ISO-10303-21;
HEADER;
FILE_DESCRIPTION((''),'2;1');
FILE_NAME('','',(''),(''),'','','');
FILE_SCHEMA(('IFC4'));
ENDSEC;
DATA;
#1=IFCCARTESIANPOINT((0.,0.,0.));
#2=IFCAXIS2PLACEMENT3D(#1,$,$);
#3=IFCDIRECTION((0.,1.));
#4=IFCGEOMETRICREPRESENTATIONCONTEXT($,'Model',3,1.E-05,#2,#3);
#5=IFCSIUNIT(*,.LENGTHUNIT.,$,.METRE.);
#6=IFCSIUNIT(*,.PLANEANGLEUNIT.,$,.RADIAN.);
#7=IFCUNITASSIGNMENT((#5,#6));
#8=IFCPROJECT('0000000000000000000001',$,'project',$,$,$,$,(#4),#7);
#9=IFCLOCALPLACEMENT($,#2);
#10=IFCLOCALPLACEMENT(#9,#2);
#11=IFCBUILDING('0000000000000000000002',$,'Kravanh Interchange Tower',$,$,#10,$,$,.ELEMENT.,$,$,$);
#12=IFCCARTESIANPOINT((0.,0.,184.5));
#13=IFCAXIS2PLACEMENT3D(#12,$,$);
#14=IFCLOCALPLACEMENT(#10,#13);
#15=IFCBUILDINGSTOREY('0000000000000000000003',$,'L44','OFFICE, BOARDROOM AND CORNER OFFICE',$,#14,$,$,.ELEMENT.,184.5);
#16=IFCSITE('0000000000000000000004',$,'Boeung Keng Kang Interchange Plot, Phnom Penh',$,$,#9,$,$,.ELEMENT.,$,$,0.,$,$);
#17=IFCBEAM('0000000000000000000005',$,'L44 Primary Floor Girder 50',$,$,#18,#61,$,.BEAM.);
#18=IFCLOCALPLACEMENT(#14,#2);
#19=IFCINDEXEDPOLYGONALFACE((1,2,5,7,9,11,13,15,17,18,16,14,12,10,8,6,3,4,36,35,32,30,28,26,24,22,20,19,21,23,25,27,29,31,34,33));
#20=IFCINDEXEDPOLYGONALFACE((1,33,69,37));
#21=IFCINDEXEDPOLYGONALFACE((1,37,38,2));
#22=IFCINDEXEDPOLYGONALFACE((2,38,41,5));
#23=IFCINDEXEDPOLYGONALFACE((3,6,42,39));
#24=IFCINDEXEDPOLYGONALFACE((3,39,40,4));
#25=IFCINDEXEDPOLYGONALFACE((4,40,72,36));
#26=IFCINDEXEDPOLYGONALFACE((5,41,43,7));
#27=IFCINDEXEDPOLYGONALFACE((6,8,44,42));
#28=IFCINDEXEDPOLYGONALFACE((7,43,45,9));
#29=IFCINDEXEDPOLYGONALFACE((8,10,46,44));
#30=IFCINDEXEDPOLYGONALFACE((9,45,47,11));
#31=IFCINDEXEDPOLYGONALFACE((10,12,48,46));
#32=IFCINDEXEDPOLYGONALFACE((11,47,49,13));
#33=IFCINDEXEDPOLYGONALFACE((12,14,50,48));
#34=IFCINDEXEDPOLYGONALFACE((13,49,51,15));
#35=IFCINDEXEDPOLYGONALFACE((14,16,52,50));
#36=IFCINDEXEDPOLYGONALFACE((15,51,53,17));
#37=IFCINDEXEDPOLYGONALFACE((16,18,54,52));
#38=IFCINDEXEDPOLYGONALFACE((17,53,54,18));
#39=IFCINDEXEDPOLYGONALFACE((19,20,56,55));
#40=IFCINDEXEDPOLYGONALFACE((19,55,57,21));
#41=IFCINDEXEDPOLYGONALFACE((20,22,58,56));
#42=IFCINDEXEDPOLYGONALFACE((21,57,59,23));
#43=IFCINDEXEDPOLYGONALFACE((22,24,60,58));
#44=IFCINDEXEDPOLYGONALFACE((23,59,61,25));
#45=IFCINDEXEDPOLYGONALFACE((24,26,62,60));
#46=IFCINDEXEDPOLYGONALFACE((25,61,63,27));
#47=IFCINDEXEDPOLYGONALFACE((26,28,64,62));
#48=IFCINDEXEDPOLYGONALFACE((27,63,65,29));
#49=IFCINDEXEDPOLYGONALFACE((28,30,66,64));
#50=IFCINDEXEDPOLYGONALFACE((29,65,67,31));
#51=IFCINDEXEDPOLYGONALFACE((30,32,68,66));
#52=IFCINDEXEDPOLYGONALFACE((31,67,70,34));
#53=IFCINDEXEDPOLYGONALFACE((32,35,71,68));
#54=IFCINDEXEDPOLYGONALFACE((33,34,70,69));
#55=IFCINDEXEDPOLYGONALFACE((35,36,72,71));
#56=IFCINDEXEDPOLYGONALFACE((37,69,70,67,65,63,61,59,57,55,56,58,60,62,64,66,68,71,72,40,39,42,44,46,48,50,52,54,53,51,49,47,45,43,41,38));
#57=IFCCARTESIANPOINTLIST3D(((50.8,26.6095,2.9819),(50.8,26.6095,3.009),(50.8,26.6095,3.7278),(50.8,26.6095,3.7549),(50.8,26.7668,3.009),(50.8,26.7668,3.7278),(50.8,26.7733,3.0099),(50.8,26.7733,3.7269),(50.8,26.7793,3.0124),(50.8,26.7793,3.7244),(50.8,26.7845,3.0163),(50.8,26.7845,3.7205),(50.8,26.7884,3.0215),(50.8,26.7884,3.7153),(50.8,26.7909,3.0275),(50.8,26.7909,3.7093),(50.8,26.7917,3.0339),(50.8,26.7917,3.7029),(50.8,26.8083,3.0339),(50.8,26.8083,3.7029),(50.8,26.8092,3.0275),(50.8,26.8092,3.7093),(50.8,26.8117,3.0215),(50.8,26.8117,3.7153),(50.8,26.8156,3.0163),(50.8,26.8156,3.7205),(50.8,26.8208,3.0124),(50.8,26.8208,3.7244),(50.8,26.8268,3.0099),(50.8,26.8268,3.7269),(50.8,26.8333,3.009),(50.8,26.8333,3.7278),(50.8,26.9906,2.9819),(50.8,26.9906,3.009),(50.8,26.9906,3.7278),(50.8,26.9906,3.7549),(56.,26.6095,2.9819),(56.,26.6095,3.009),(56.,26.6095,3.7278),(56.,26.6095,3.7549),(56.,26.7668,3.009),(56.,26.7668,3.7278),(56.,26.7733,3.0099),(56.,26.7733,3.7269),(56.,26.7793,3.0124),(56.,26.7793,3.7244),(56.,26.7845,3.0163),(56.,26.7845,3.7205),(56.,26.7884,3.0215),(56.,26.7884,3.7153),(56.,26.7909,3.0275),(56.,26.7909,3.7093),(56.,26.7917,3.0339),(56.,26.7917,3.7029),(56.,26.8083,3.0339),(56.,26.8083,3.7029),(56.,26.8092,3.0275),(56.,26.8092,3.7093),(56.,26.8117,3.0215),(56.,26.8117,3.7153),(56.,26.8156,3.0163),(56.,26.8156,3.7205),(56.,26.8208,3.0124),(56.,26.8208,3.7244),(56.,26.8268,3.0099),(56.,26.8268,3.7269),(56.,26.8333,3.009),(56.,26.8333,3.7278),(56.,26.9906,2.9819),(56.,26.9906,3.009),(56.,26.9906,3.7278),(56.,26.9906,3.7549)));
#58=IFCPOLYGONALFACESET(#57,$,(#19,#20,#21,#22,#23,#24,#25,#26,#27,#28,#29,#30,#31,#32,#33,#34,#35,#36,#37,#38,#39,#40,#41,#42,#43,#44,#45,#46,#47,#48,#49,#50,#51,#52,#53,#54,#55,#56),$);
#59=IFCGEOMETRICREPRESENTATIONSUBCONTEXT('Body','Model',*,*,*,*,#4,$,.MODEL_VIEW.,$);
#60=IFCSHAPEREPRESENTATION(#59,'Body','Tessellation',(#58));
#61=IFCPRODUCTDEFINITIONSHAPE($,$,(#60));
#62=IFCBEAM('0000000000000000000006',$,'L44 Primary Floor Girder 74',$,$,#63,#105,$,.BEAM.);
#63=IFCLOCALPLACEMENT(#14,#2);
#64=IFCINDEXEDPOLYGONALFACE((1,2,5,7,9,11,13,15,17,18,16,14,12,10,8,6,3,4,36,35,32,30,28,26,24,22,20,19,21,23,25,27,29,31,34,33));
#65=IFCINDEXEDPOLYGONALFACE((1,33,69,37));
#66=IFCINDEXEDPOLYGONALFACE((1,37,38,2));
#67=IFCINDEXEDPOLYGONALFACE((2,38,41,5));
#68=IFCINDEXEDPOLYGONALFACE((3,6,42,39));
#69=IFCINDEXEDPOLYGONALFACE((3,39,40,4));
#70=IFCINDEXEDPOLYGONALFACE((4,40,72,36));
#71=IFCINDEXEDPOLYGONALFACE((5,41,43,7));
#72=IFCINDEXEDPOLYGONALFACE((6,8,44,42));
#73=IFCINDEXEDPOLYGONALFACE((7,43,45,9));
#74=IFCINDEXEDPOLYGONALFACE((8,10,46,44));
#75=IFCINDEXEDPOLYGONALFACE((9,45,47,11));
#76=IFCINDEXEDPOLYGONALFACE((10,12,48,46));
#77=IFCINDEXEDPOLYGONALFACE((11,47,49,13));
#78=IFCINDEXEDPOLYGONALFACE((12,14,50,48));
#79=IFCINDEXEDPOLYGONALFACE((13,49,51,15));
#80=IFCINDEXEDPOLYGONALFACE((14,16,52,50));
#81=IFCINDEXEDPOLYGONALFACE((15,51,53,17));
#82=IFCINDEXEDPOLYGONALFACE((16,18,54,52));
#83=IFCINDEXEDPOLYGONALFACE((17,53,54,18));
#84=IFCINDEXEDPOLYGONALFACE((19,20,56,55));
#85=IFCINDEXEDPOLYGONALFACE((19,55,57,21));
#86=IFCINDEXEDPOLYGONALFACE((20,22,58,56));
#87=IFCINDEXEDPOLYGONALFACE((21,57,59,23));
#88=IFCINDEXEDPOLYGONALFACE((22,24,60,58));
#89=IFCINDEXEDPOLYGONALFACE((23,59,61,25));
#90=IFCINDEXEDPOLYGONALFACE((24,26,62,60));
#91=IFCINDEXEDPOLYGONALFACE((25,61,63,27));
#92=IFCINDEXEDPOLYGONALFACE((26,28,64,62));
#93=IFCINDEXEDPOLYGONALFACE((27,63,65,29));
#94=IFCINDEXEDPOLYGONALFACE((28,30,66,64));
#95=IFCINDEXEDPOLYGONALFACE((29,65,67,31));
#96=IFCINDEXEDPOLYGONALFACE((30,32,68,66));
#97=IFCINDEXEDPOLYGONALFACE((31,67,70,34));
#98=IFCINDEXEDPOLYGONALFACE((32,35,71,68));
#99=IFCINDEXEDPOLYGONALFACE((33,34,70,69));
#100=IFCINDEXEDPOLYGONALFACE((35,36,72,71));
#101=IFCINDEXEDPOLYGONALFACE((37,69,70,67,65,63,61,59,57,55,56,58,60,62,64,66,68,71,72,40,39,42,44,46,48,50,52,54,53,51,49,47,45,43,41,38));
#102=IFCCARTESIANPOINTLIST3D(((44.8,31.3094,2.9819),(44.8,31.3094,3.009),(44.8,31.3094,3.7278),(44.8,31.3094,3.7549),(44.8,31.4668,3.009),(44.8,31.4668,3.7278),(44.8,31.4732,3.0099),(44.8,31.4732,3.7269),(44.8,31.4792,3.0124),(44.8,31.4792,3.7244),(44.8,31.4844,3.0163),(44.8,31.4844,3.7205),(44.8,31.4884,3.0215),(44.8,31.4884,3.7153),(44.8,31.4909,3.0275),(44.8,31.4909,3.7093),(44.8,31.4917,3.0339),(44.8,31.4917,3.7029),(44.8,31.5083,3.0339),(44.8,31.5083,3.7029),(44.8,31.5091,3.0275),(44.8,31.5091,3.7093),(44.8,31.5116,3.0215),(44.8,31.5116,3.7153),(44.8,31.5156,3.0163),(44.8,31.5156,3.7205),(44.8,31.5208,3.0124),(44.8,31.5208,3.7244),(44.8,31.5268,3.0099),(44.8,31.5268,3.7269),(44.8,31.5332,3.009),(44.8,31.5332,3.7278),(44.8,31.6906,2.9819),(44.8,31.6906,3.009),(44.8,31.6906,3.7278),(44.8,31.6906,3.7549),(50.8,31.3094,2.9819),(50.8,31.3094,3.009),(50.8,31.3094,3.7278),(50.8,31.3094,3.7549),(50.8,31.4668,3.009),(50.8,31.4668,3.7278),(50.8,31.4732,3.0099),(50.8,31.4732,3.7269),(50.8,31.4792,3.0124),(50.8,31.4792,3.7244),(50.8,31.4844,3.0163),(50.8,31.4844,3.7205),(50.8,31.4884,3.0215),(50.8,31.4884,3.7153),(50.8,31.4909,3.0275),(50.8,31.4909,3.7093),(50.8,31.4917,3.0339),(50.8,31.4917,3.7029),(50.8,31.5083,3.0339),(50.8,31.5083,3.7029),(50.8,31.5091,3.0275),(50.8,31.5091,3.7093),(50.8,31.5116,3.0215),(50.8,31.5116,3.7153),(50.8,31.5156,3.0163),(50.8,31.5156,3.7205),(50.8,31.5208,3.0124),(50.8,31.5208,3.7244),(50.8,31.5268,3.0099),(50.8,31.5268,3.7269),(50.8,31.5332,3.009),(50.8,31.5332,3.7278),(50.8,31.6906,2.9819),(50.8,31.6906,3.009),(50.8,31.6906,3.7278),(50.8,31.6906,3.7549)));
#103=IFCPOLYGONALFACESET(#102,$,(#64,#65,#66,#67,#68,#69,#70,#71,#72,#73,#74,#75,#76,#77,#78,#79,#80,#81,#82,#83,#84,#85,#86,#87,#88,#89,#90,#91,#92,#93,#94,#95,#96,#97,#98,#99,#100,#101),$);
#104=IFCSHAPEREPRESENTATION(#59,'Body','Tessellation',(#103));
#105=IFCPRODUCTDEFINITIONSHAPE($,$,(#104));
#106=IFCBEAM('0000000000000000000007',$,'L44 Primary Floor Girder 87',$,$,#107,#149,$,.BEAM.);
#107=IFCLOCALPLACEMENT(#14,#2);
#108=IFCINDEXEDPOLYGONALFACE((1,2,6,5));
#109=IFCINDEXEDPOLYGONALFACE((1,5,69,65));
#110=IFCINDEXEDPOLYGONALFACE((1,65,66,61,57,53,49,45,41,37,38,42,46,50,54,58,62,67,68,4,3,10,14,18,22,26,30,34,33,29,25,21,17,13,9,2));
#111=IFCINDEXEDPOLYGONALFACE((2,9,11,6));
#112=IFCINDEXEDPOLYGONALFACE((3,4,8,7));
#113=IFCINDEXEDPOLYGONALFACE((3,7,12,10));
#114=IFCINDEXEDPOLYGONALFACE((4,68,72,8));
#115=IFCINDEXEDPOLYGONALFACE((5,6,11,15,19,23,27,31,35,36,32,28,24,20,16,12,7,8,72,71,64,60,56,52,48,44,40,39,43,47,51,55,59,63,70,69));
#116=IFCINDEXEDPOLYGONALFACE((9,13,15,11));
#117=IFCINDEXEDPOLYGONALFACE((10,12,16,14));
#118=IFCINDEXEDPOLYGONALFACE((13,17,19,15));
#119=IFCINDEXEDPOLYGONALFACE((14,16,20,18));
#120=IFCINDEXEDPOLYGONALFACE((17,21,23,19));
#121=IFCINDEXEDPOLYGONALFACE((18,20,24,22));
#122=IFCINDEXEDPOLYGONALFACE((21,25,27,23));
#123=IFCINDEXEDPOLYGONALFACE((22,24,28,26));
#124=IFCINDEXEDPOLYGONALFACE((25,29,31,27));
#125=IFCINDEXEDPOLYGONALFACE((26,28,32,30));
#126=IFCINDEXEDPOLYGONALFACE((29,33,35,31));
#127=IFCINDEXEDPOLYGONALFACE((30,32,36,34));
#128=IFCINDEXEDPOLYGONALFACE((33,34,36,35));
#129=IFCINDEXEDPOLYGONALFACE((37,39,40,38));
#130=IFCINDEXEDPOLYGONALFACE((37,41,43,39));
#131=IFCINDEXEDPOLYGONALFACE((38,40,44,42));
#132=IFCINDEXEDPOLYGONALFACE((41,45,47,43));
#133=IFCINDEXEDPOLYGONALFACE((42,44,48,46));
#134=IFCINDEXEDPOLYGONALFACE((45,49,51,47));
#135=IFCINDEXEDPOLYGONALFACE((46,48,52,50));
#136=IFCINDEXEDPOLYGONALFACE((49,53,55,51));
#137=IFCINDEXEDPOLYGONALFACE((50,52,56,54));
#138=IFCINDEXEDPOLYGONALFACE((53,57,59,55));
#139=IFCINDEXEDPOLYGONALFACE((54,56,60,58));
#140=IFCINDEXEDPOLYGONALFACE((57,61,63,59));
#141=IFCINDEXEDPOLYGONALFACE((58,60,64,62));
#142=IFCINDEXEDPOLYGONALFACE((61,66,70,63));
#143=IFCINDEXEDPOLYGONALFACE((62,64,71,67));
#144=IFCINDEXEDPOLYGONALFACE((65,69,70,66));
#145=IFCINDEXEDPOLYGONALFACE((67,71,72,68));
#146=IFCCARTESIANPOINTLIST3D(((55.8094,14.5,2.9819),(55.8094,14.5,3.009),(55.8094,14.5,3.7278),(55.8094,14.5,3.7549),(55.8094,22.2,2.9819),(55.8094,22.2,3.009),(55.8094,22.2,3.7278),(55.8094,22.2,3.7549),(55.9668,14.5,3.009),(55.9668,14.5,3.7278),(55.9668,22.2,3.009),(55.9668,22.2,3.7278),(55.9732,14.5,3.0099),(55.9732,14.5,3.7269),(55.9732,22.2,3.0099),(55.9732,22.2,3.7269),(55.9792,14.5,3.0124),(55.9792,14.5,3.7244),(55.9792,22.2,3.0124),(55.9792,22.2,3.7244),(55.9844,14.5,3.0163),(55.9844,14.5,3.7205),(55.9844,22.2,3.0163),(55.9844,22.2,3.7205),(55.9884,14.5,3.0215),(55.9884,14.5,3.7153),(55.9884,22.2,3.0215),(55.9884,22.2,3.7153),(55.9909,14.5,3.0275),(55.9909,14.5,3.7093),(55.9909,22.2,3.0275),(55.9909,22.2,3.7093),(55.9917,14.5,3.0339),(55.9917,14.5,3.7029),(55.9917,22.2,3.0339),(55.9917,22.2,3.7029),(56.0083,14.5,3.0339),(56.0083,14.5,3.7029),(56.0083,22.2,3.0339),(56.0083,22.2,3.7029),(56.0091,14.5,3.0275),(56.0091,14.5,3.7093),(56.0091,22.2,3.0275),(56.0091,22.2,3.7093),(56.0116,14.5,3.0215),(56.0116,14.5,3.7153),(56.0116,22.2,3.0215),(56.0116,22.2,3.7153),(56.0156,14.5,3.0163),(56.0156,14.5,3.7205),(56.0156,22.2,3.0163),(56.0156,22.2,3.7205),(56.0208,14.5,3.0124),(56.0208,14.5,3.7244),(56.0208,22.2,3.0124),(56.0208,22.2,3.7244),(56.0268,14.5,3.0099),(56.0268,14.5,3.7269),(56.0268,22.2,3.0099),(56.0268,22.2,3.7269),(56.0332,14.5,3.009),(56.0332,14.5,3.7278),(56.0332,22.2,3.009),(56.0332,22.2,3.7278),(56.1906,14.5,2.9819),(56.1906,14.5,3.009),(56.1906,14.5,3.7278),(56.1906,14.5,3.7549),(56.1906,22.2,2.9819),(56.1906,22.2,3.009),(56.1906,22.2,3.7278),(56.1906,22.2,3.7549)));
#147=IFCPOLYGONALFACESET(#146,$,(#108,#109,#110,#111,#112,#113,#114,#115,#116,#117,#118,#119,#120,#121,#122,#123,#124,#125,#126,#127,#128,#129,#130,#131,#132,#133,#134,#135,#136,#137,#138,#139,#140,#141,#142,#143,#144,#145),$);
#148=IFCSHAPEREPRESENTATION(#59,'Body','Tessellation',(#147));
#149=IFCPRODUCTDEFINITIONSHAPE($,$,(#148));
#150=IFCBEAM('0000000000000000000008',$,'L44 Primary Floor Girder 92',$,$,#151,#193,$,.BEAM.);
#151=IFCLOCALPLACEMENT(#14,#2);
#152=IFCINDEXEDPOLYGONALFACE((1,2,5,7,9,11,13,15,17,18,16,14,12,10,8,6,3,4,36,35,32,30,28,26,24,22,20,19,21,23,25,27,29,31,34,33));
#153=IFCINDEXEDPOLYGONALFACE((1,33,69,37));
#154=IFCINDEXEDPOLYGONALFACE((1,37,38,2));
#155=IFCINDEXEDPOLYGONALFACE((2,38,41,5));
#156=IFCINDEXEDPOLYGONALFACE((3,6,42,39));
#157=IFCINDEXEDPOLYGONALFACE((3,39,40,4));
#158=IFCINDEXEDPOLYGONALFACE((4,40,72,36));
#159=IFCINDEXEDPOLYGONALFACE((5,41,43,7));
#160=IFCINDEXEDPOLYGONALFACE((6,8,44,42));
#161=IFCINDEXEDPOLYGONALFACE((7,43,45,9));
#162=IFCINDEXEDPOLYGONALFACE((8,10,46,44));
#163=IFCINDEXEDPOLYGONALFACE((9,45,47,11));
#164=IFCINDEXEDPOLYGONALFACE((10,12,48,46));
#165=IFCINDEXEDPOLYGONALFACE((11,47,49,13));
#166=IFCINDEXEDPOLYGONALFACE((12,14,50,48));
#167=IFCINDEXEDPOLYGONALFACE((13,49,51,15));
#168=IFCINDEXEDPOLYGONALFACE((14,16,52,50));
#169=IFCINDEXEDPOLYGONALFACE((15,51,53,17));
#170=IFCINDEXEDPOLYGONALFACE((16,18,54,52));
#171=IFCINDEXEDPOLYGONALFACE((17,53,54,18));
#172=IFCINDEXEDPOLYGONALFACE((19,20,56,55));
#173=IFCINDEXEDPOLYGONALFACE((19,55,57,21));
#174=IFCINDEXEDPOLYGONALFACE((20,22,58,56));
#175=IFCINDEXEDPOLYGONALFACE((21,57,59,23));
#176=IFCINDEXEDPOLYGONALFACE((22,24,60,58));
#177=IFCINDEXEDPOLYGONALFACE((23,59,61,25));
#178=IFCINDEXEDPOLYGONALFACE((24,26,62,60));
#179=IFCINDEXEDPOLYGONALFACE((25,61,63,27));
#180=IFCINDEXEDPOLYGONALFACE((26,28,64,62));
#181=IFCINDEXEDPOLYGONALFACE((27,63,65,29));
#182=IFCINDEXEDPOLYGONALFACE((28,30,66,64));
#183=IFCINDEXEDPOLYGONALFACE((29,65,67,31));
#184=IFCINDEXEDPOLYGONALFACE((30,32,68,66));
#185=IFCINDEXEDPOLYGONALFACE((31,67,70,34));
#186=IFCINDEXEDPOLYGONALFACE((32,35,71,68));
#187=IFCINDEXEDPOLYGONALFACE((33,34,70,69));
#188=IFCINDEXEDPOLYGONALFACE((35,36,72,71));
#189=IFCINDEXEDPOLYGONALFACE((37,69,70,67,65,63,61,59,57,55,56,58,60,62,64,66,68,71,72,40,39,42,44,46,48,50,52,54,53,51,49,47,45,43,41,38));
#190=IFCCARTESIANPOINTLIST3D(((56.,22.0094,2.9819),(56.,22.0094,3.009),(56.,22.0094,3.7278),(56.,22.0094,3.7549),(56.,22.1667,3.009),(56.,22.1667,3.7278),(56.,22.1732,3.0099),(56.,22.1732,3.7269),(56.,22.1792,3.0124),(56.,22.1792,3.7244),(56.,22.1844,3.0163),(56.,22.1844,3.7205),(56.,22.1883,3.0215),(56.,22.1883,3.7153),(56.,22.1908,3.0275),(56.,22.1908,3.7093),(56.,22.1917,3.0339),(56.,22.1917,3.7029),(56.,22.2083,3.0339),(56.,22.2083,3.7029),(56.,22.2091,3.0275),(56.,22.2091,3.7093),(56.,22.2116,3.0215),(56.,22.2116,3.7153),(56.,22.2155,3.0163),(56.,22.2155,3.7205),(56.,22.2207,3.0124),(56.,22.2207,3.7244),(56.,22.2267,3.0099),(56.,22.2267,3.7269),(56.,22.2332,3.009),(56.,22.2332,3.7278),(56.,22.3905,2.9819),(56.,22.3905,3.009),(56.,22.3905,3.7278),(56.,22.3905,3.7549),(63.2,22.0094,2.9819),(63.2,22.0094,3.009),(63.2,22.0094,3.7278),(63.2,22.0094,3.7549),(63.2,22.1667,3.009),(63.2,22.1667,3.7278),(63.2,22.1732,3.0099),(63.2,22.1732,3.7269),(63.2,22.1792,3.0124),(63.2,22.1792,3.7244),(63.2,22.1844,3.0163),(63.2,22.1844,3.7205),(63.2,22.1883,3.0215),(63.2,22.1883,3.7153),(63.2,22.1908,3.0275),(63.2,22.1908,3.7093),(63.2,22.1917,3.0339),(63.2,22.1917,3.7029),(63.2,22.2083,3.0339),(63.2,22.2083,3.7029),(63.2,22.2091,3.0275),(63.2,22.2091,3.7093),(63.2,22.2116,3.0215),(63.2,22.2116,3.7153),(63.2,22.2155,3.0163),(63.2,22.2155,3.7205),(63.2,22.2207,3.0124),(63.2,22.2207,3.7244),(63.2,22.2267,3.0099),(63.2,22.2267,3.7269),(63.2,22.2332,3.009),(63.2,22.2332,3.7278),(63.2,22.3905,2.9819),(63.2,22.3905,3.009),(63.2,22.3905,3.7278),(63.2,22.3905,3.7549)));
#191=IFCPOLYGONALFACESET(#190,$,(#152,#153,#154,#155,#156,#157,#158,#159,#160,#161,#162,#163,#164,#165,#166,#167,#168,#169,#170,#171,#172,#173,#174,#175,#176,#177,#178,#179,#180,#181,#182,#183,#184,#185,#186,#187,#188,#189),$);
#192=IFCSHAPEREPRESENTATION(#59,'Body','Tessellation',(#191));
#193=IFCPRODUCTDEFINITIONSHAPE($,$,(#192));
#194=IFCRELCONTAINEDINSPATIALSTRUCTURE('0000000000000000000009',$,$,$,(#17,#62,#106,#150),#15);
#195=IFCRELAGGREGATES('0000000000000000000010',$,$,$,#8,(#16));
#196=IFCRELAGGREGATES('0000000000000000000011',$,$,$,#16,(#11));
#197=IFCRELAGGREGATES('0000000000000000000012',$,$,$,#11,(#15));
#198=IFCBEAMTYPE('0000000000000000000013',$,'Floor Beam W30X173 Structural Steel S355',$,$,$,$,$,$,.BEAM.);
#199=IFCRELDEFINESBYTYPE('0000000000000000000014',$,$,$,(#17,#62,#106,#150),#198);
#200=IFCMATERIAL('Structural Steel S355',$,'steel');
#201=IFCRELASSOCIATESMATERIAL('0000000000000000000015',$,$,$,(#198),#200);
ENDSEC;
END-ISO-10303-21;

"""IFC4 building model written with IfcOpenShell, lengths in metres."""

from ifc_helpers import new_model, si_unit, direction, frame, origin, origin_2d, place, context, subcontext, project, spatial, i_section, extrude, material, material_profile, profile_set, type_object, element, save


model = new_model("IFC4")

# Units and contexts
model_context = context("Model", 3, precision=1e-05, world=origin(), true_north=direction((0.0, 1.0)))
body_context = subcontext(model_context, "Body", "Model", "MODEL_VIEW")
ifc_project = project(units=[si_unit("LENGTHUNIT", "METRE"), si_unit("PLANEANGLEUNIT", "RADIAN")], contexts=[model_context])

# Site, building, storey
site_placement = place(None, origin())
site = spatial("IfcSite", under=ifc_project, at=site_placement, Name="Boeung Keng Kang Interchange Plot, Phnom Penh", CompositionType="ELEMENT", RefElevation=0.0)
building_placement = place(site_placement, origin())
building = spatial("IfcBuilding", under=site, at=building_placement, Name="Kravanh Interchange Tower", CompositionType="ELEMENT")
storey_placement = place(building_placement, frame((0.0, 0.0, 184.5)))
storey = spatial("IfcBuildingStorey", under=building, at=storey_placement, Name="L44", Description="OFFICE, BOARDROOM AND CORNER OFFICE", CompositionType="ELEMENT", Elevation=184.5)

# Beams
ifc_material_1 = material(Name="Structural Steel S355", Category="steel")
ifc_material_profile_1 = material_profile(ifc_material_1, i_section(OverallWidth=0.3811, OverallDepth=0.7729, WebThickness=0.0166, FlangeThickness=0.0271, FilletRadius=0.0249, at=origin_2d()), Name="W30X173")
ifc_profile_set_1 = profile_set([ifc_material_profile_1], Name="Structural Steel S355")
beam_type_1 = type_object("IfcBeamType", Name="Floor Beam W30X173 Structural Steel S355", PredefinedType="BEAM", material=ifc_profile_set_1)
beam_1_placement = place(storey_placement, frame((50.8, 26.8, 3.3684), z_axis=(1.0, 0.0, 0.0), x_axis=(0.0, 1.0, 0.0)))
element("IfcBeam", 1, at=beam_1_placement, inside=storey, type_object=beam_type_1, Name="L44 Primary Floor Girder 50", PredefinedType="BEAM", context=body_context, shape_type="SweptSolid", body=[
    extrude(i_section(OverallWidth=0.3811, OverallDepth=0.7729, WebThickness=0.0166, FlangeThickness=0.0271, FilletRadius=0.0249, at=origin_2d()), origin(), (0.0, 0.0, 1.0), 5.2),
])
beam_2_placement = place(storey_placement, frame((44.8, 31.5, 3.3684), z_axis=(1.0, 0.0, 0.0), x_axis=(0.0, 1.0, 0.0)))
element("IfcBeam", 2, at=beam_2_placement, inside=storey, type_object=beam_type_1, Name="L44 Primary Floor Girder 74", PredefinedType="BEAM", context=body_context, shape_type="SweptSolid", body=[
    extrude(i_section(OverallWidth=0.3811, OverallDepth=0.7729, WebThickness=0.0166, FlangeThickness=0.0271, FilletRadius=0.0249, at=origin_2d()), origin(), (0.0, 0.0, 1.0), 6.0),
])
beam_3_placement = place(storey_placement, frame((56.0, 14.5, 3.3684), z_axis=(0.0, 1.0, 0.0), x_axis=(-1.0, 0.0, 0.0)))
element("IfcBeam", 3, at=beam_3_placement, inside=storey, type_object=beam_type_1, Name="L44 Primary Floor Girder 87", PredefinedType="BEAM", context=body_context, shape_type="SweptSolid", body=[
    extrude(i_section(OverallWidth=0.3811, OverallDepth=0.7729, WebThickness=0.0166, FlangeThickness=0.0271, FilletRadius=0.0249, at=origin_2d()), origin(), (0.0, 0.0, 1.0), 7.7),
])
beam_4_placement = place(storey_placement, frame((56.0, 22.2, 3.3684), z_axis=(1.0, 0.0, 0.0), x_axis=(0.0, 1.0, 0.0)))
element("IfcBeam", 4, at=beam_4_placement, inside=storey, type_object=beam_type_1, Name="L44 Primary Floor Girder 92", PredefinedType="BEAM", context=body_context, shape_type="SweptSolid", body=[
    extrude(i_section(OverallWidth=0.3811, OverallDepth=0.7729, WebThickness=0.0166, FlangeThickness=0.0271, FilletRadius=0.0249, at=origin_2d()), origin(), (0.0, 0.0, 1.0), 7.2),
])

save(model, "model.ifc")
